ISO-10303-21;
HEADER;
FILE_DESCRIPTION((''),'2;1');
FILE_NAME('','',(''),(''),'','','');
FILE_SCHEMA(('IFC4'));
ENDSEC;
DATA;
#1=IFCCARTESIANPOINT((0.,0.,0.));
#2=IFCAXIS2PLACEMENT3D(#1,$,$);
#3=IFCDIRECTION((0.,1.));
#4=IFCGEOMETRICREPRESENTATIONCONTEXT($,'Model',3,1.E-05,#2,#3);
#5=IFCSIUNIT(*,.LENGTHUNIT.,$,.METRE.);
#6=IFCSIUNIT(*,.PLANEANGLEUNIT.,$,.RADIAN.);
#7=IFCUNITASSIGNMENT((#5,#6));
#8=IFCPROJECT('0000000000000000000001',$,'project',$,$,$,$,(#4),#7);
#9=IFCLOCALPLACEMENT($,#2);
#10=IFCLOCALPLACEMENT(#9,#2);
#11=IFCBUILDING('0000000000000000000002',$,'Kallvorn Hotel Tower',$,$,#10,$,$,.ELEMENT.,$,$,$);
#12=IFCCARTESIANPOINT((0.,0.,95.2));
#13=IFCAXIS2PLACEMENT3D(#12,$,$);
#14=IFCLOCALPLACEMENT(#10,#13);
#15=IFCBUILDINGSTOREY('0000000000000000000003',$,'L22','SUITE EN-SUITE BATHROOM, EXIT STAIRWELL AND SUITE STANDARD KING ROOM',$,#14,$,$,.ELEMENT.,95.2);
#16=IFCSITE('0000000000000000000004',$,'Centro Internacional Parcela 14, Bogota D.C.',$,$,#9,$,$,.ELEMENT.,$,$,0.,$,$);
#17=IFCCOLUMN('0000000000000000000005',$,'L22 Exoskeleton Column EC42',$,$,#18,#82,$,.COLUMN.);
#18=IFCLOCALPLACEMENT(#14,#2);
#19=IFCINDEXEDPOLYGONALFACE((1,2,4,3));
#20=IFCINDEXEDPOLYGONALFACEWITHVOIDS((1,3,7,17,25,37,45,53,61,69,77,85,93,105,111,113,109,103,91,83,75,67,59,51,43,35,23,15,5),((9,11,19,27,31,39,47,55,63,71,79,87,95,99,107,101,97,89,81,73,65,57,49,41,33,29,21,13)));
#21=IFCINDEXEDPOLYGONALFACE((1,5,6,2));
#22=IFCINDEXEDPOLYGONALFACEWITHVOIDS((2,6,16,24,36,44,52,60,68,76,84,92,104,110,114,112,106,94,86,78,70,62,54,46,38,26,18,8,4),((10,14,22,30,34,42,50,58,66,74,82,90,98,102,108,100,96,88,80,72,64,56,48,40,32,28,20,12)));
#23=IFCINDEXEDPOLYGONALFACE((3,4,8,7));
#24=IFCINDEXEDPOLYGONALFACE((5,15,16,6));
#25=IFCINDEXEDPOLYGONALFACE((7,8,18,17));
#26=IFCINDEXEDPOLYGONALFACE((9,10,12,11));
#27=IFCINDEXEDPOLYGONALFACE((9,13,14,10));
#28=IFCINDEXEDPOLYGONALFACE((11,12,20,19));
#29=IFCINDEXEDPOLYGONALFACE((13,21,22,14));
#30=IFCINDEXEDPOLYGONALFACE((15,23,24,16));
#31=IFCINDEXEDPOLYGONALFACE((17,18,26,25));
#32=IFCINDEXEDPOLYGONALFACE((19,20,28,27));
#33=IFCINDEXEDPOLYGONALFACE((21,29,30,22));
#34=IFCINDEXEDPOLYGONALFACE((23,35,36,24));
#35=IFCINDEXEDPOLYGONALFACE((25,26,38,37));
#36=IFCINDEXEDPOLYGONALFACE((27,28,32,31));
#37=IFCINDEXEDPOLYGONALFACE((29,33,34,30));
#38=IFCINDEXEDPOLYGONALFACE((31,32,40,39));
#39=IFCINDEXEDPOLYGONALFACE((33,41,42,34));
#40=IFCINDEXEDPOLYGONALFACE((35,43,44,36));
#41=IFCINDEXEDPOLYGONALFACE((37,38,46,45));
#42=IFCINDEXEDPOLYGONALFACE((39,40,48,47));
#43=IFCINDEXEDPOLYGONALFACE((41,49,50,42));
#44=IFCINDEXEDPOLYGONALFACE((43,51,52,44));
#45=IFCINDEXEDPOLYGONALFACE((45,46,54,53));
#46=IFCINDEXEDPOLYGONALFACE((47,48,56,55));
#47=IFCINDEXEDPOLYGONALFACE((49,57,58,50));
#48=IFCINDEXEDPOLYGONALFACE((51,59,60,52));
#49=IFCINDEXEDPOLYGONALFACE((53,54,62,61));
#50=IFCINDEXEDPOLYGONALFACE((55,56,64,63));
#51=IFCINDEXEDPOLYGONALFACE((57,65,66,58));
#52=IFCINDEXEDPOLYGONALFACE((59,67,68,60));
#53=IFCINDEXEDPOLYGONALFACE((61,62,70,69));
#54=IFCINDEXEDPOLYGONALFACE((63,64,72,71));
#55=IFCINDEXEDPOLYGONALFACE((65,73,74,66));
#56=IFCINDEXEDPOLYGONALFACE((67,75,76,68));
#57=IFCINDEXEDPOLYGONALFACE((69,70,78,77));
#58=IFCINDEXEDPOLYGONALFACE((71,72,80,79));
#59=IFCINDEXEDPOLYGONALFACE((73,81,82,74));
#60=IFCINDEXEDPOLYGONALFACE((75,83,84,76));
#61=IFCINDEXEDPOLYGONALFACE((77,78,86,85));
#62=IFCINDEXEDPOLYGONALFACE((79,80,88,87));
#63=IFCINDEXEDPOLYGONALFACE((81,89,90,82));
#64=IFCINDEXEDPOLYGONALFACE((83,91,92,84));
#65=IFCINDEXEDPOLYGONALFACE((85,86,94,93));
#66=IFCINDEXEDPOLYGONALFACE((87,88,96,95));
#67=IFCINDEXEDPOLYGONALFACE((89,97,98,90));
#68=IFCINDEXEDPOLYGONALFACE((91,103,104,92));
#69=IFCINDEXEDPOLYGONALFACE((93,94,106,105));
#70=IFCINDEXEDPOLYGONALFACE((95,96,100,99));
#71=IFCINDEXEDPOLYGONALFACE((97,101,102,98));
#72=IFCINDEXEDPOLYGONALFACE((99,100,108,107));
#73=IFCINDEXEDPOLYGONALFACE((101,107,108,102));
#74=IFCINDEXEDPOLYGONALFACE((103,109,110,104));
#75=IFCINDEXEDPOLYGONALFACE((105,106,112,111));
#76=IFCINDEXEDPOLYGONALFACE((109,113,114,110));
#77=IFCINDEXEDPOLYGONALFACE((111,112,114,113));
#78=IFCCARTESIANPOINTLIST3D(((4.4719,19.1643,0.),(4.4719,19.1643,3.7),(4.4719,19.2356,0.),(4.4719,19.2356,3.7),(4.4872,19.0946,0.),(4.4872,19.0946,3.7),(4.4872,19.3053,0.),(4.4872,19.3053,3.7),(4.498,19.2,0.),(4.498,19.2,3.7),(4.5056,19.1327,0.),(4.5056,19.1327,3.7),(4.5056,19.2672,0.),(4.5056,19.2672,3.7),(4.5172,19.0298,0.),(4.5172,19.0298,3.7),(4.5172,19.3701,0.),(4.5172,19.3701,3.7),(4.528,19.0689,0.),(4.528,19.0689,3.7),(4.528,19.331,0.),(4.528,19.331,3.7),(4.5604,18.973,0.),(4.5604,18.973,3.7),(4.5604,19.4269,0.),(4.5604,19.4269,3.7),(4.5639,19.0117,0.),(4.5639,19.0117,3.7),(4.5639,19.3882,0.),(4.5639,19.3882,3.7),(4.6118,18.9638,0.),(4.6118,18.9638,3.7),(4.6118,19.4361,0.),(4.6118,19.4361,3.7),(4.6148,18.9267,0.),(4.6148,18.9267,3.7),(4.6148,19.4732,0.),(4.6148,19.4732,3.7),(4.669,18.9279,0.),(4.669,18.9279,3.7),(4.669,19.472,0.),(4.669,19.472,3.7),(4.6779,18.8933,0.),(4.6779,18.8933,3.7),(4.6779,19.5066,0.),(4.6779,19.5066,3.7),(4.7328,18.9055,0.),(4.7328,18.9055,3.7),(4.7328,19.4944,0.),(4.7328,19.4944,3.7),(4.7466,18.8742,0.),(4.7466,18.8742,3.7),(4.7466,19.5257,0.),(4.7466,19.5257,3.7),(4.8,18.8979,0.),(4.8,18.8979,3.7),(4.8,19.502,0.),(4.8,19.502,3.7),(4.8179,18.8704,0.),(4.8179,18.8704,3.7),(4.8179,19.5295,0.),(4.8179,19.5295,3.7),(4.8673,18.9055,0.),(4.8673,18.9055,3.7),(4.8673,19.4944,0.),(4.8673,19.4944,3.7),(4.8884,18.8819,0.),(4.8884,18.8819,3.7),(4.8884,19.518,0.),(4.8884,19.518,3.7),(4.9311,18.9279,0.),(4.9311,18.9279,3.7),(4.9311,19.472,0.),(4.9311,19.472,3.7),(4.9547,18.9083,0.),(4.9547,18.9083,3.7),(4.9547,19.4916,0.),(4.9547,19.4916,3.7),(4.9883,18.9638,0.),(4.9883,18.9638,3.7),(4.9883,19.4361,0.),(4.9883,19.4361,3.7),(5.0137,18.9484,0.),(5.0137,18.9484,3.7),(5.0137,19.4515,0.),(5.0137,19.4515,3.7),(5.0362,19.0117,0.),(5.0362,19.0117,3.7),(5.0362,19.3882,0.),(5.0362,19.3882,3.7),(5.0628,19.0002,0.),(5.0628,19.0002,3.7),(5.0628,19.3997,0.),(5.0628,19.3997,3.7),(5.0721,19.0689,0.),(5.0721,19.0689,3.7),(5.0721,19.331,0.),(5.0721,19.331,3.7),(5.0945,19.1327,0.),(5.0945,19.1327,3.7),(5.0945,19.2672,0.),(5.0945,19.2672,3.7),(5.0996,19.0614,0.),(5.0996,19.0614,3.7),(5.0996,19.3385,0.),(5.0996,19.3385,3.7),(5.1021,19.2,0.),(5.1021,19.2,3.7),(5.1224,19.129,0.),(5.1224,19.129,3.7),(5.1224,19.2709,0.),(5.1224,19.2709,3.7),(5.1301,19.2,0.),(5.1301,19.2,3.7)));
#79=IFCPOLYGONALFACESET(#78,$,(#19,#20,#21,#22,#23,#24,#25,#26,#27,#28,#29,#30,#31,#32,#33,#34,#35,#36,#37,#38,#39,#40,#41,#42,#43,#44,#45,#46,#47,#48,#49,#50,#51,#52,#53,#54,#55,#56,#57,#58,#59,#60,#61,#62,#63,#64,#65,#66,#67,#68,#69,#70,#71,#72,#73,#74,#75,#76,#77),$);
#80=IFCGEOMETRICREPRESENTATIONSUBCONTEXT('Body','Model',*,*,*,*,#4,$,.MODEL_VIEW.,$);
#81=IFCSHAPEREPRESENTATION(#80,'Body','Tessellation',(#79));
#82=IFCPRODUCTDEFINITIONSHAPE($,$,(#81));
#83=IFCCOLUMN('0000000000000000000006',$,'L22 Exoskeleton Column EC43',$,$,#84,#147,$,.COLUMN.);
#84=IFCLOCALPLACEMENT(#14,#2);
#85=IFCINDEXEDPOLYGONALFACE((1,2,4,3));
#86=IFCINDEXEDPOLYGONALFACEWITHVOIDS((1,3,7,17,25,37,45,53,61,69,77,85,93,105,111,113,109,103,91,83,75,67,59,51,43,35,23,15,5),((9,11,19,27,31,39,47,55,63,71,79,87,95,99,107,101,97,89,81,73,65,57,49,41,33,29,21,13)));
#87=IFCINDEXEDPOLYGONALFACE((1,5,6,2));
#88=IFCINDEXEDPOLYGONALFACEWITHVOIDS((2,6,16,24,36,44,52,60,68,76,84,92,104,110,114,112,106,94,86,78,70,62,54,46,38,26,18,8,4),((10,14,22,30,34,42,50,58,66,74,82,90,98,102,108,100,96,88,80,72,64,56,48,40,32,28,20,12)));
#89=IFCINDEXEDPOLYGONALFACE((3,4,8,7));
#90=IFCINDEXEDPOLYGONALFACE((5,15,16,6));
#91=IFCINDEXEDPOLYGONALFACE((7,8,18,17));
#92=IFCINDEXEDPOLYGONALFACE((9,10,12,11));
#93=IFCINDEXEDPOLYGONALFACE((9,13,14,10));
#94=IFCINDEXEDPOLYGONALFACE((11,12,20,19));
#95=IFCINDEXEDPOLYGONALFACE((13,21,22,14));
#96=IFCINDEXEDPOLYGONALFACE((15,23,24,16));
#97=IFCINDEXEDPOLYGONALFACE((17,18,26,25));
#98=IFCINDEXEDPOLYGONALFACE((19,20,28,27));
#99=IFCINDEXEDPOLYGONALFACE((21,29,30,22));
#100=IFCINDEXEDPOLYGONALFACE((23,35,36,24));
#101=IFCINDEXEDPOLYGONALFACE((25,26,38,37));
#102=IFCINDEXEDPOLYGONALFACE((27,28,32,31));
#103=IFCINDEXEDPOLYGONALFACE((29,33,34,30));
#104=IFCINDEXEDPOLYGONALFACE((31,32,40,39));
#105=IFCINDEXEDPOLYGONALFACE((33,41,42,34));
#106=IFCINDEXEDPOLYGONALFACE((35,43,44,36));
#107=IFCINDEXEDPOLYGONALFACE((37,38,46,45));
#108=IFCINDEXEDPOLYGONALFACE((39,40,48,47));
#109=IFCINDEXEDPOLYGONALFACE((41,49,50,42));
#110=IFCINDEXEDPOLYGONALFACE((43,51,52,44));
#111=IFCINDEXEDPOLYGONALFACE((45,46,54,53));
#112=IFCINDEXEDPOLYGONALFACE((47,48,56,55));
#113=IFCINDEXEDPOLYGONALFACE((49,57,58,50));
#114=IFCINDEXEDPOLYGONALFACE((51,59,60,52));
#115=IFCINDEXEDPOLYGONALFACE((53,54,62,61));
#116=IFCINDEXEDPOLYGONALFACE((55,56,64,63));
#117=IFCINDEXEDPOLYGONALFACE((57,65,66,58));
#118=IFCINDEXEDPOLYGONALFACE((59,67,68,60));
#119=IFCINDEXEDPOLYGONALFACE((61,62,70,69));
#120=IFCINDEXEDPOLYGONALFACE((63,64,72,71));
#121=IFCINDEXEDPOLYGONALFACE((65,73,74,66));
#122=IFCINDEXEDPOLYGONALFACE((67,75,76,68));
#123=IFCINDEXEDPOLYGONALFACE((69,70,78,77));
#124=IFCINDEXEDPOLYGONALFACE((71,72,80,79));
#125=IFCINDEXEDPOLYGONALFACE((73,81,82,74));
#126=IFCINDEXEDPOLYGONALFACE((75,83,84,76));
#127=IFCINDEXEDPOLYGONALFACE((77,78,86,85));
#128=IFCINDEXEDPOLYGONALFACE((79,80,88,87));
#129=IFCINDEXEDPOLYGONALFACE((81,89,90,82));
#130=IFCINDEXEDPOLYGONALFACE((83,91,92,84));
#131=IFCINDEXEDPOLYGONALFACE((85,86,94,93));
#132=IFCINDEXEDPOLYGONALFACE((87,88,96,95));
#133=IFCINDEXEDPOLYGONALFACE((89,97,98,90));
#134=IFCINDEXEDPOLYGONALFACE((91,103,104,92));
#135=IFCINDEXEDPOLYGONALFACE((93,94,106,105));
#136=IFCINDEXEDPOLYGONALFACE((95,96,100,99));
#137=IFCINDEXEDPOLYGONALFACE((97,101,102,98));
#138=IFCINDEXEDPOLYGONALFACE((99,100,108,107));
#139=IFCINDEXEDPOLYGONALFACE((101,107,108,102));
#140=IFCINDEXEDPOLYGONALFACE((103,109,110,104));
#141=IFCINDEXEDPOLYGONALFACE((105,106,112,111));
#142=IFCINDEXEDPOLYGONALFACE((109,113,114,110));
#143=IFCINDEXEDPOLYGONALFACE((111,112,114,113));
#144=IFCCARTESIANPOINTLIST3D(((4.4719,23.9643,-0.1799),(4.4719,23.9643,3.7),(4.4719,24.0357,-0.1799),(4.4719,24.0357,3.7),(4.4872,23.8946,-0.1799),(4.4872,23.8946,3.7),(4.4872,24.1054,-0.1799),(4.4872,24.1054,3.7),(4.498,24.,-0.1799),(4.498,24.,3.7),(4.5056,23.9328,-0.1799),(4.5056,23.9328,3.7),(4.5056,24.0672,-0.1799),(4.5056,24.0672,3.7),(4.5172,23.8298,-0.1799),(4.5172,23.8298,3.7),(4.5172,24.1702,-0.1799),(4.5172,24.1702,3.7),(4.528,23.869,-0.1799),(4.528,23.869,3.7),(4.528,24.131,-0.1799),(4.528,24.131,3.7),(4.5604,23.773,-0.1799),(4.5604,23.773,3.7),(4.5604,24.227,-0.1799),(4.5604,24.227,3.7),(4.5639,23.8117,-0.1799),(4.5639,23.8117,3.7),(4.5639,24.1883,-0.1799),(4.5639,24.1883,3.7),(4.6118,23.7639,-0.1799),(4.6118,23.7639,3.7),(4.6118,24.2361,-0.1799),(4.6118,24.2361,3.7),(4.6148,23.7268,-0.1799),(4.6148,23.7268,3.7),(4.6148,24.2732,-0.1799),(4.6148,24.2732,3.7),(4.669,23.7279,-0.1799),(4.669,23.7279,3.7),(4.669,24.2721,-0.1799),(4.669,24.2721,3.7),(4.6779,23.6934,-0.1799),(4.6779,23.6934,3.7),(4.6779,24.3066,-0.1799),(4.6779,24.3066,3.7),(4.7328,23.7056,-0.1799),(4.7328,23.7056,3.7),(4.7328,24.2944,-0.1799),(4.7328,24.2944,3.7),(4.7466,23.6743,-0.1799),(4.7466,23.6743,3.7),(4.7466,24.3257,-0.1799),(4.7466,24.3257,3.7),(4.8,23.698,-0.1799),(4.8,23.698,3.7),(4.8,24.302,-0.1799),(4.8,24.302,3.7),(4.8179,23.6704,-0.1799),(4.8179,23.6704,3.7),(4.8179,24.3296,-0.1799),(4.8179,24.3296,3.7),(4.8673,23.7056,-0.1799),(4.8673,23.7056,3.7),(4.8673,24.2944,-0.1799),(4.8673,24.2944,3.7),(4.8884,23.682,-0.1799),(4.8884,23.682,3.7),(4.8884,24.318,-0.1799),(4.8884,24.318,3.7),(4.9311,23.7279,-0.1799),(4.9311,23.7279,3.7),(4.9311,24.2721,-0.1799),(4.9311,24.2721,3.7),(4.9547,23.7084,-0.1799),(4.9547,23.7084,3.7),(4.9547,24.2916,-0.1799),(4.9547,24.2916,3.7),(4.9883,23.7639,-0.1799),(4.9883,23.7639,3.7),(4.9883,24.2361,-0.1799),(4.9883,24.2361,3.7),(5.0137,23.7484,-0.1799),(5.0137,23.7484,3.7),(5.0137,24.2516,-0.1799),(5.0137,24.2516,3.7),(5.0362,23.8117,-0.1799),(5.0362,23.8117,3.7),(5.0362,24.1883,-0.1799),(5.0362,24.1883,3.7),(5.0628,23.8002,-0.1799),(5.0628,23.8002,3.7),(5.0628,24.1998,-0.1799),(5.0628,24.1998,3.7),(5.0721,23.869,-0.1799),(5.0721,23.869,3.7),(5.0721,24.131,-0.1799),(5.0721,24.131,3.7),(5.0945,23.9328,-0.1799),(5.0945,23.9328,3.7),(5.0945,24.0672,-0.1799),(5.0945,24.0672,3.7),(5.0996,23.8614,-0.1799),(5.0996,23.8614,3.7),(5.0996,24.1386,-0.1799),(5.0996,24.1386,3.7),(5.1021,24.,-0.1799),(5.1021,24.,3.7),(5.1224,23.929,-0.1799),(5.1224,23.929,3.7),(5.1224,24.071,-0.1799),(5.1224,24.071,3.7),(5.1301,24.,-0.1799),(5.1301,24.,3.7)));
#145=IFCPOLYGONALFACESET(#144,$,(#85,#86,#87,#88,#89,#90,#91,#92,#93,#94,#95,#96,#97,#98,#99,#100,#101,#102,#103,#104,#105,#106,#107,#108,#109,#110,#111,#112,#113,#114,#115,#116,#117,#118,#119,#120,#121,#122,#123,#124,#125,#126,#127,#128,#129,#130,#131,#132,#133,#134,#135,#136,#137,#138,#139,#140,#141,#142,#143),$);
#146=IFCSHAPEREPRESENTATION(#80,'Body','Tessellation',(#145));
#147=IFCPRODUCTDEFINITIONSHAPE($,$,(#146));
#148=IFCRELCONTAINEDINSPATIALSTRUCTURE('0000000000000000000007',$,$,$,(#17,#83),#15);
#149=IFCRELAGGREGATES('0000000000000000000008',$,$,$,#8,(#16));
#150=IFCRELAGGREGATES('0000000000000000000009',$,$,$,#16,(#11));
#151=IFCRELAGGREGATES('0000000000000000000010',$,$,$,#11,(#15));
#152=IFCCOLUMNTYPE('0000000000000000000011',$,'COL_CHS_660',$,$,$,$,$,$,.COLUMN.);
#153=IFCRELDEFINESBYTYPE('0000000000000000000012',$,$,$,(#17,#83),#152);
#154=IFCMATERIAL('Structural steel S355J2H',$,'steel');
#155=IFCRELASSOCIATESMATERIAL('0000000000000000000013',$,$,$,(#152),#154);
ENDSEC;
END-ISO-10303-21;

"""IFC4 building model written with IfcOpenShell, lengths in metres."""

from ifc_helpers import new_model, si_unit, direction, frame, origin, origin_2d, place, context, subcontext, project, spatial, hollow_circle, extrude, material, material_profile, profile_set, type_object, element, save


model = new_model("IFC4")

# Units and contexts
model_context = context("Model", 3, precision=1e-05, world=origin(), true_north=direction((0.0, 1.0)))
body_context = subcontext(model_context, "Body", "Model", "MODEL_VIEW")
ifc_project = project(units=[si_unit("LENGTHUNIT", "METRE"), si_unit("PLANEANGLEUNIT", "RADIAN")], contexts=[model_context])

# Site, building, storey
site_placement = place(None, origin())
site = spatial("IfcSite", under=ifc_project, at=site_placement, Name="Centro Internacional Parcela 14, Bogota D.C.", CompositionType="ELEMENT", RefElevation=0.0)
building_placement = place(site_placement, origin())
building = spatial("IfcBuilding", under=site, at=building_placement, Name="Kallvorn Hotel Tower", CompositionType="ELEMENT")
storey_placement = place(building_placement, frame((0.0, 0.0, 95.2)))
storey = spatial("IfcBuildingStorey", under=building, at=storey_placement, Name="L22", Description="SUITE EN-SUITE BATHROOM, EXIT STAIRWELL AND SUITE STANDARD KING ROOM", CompositionType="ELEMENT", Elevation=95.2)

# Columns
ifc_material_1 = material(Name="Structural steel S355J2H", Category="steel")
ifc_material_profile_1 = material_profile(ifc_material_1, hollow_circle(Radius=0.3301, WallThickness=0.0281, at=origin_2d()), Name="CHS 660x28")
ifc_profile_set_1 = profile_set([ifc_material_profile_1], Name="Structural steel S355J2H")
column_type_1 = type_object("IfcColumnType", Name="COL_CHS_660", PredefinedType="COLUMN", material=ifc_profile_set_1)
column_1_placement = place(storey_placement, frame((4.8, 19.2, 0.0), z_axis=(0.0, 0.0, 1.0), x_axis=(1.0, 0.0, 0.0)))
element("IfcColumn", 1, at=column_1_placement, inside=storey, type_object=column_type_1, Name="L22 Exoskeleton Column EC42", PredefinedType="COLUMN", context=body_context, shape_type="SweptSolid", body=[
    extrude(hollow_circle(Radius=0.3301, WallThickness=0.0281, at=origin_2d()), origin(), (0.0, 0.0, 1.0), 3.7),
])
column_2_placement = place(storey_placement, frame((4.8, 24.0, -0.1799), z_axis=(0.0, 0.0, 1.0), x_axis=(1.0, 0.0, 0.0)))
element("IfcColumn", 2, at=column_2_placement, inside=storey, type_object=column_type_1, Name="L22 Exoskeleton Column EC43", PredefinedType="COLUMN", context=body_context, shape_type="SweptSolid", body=[
    extrude(hollow_circle(Radius=0.3301, WallThickness=0.0281, at=origin_2d()), origin(), (0.0, 0.0, 1.0), 3.8799),
])

save(model, "model.ifc")
